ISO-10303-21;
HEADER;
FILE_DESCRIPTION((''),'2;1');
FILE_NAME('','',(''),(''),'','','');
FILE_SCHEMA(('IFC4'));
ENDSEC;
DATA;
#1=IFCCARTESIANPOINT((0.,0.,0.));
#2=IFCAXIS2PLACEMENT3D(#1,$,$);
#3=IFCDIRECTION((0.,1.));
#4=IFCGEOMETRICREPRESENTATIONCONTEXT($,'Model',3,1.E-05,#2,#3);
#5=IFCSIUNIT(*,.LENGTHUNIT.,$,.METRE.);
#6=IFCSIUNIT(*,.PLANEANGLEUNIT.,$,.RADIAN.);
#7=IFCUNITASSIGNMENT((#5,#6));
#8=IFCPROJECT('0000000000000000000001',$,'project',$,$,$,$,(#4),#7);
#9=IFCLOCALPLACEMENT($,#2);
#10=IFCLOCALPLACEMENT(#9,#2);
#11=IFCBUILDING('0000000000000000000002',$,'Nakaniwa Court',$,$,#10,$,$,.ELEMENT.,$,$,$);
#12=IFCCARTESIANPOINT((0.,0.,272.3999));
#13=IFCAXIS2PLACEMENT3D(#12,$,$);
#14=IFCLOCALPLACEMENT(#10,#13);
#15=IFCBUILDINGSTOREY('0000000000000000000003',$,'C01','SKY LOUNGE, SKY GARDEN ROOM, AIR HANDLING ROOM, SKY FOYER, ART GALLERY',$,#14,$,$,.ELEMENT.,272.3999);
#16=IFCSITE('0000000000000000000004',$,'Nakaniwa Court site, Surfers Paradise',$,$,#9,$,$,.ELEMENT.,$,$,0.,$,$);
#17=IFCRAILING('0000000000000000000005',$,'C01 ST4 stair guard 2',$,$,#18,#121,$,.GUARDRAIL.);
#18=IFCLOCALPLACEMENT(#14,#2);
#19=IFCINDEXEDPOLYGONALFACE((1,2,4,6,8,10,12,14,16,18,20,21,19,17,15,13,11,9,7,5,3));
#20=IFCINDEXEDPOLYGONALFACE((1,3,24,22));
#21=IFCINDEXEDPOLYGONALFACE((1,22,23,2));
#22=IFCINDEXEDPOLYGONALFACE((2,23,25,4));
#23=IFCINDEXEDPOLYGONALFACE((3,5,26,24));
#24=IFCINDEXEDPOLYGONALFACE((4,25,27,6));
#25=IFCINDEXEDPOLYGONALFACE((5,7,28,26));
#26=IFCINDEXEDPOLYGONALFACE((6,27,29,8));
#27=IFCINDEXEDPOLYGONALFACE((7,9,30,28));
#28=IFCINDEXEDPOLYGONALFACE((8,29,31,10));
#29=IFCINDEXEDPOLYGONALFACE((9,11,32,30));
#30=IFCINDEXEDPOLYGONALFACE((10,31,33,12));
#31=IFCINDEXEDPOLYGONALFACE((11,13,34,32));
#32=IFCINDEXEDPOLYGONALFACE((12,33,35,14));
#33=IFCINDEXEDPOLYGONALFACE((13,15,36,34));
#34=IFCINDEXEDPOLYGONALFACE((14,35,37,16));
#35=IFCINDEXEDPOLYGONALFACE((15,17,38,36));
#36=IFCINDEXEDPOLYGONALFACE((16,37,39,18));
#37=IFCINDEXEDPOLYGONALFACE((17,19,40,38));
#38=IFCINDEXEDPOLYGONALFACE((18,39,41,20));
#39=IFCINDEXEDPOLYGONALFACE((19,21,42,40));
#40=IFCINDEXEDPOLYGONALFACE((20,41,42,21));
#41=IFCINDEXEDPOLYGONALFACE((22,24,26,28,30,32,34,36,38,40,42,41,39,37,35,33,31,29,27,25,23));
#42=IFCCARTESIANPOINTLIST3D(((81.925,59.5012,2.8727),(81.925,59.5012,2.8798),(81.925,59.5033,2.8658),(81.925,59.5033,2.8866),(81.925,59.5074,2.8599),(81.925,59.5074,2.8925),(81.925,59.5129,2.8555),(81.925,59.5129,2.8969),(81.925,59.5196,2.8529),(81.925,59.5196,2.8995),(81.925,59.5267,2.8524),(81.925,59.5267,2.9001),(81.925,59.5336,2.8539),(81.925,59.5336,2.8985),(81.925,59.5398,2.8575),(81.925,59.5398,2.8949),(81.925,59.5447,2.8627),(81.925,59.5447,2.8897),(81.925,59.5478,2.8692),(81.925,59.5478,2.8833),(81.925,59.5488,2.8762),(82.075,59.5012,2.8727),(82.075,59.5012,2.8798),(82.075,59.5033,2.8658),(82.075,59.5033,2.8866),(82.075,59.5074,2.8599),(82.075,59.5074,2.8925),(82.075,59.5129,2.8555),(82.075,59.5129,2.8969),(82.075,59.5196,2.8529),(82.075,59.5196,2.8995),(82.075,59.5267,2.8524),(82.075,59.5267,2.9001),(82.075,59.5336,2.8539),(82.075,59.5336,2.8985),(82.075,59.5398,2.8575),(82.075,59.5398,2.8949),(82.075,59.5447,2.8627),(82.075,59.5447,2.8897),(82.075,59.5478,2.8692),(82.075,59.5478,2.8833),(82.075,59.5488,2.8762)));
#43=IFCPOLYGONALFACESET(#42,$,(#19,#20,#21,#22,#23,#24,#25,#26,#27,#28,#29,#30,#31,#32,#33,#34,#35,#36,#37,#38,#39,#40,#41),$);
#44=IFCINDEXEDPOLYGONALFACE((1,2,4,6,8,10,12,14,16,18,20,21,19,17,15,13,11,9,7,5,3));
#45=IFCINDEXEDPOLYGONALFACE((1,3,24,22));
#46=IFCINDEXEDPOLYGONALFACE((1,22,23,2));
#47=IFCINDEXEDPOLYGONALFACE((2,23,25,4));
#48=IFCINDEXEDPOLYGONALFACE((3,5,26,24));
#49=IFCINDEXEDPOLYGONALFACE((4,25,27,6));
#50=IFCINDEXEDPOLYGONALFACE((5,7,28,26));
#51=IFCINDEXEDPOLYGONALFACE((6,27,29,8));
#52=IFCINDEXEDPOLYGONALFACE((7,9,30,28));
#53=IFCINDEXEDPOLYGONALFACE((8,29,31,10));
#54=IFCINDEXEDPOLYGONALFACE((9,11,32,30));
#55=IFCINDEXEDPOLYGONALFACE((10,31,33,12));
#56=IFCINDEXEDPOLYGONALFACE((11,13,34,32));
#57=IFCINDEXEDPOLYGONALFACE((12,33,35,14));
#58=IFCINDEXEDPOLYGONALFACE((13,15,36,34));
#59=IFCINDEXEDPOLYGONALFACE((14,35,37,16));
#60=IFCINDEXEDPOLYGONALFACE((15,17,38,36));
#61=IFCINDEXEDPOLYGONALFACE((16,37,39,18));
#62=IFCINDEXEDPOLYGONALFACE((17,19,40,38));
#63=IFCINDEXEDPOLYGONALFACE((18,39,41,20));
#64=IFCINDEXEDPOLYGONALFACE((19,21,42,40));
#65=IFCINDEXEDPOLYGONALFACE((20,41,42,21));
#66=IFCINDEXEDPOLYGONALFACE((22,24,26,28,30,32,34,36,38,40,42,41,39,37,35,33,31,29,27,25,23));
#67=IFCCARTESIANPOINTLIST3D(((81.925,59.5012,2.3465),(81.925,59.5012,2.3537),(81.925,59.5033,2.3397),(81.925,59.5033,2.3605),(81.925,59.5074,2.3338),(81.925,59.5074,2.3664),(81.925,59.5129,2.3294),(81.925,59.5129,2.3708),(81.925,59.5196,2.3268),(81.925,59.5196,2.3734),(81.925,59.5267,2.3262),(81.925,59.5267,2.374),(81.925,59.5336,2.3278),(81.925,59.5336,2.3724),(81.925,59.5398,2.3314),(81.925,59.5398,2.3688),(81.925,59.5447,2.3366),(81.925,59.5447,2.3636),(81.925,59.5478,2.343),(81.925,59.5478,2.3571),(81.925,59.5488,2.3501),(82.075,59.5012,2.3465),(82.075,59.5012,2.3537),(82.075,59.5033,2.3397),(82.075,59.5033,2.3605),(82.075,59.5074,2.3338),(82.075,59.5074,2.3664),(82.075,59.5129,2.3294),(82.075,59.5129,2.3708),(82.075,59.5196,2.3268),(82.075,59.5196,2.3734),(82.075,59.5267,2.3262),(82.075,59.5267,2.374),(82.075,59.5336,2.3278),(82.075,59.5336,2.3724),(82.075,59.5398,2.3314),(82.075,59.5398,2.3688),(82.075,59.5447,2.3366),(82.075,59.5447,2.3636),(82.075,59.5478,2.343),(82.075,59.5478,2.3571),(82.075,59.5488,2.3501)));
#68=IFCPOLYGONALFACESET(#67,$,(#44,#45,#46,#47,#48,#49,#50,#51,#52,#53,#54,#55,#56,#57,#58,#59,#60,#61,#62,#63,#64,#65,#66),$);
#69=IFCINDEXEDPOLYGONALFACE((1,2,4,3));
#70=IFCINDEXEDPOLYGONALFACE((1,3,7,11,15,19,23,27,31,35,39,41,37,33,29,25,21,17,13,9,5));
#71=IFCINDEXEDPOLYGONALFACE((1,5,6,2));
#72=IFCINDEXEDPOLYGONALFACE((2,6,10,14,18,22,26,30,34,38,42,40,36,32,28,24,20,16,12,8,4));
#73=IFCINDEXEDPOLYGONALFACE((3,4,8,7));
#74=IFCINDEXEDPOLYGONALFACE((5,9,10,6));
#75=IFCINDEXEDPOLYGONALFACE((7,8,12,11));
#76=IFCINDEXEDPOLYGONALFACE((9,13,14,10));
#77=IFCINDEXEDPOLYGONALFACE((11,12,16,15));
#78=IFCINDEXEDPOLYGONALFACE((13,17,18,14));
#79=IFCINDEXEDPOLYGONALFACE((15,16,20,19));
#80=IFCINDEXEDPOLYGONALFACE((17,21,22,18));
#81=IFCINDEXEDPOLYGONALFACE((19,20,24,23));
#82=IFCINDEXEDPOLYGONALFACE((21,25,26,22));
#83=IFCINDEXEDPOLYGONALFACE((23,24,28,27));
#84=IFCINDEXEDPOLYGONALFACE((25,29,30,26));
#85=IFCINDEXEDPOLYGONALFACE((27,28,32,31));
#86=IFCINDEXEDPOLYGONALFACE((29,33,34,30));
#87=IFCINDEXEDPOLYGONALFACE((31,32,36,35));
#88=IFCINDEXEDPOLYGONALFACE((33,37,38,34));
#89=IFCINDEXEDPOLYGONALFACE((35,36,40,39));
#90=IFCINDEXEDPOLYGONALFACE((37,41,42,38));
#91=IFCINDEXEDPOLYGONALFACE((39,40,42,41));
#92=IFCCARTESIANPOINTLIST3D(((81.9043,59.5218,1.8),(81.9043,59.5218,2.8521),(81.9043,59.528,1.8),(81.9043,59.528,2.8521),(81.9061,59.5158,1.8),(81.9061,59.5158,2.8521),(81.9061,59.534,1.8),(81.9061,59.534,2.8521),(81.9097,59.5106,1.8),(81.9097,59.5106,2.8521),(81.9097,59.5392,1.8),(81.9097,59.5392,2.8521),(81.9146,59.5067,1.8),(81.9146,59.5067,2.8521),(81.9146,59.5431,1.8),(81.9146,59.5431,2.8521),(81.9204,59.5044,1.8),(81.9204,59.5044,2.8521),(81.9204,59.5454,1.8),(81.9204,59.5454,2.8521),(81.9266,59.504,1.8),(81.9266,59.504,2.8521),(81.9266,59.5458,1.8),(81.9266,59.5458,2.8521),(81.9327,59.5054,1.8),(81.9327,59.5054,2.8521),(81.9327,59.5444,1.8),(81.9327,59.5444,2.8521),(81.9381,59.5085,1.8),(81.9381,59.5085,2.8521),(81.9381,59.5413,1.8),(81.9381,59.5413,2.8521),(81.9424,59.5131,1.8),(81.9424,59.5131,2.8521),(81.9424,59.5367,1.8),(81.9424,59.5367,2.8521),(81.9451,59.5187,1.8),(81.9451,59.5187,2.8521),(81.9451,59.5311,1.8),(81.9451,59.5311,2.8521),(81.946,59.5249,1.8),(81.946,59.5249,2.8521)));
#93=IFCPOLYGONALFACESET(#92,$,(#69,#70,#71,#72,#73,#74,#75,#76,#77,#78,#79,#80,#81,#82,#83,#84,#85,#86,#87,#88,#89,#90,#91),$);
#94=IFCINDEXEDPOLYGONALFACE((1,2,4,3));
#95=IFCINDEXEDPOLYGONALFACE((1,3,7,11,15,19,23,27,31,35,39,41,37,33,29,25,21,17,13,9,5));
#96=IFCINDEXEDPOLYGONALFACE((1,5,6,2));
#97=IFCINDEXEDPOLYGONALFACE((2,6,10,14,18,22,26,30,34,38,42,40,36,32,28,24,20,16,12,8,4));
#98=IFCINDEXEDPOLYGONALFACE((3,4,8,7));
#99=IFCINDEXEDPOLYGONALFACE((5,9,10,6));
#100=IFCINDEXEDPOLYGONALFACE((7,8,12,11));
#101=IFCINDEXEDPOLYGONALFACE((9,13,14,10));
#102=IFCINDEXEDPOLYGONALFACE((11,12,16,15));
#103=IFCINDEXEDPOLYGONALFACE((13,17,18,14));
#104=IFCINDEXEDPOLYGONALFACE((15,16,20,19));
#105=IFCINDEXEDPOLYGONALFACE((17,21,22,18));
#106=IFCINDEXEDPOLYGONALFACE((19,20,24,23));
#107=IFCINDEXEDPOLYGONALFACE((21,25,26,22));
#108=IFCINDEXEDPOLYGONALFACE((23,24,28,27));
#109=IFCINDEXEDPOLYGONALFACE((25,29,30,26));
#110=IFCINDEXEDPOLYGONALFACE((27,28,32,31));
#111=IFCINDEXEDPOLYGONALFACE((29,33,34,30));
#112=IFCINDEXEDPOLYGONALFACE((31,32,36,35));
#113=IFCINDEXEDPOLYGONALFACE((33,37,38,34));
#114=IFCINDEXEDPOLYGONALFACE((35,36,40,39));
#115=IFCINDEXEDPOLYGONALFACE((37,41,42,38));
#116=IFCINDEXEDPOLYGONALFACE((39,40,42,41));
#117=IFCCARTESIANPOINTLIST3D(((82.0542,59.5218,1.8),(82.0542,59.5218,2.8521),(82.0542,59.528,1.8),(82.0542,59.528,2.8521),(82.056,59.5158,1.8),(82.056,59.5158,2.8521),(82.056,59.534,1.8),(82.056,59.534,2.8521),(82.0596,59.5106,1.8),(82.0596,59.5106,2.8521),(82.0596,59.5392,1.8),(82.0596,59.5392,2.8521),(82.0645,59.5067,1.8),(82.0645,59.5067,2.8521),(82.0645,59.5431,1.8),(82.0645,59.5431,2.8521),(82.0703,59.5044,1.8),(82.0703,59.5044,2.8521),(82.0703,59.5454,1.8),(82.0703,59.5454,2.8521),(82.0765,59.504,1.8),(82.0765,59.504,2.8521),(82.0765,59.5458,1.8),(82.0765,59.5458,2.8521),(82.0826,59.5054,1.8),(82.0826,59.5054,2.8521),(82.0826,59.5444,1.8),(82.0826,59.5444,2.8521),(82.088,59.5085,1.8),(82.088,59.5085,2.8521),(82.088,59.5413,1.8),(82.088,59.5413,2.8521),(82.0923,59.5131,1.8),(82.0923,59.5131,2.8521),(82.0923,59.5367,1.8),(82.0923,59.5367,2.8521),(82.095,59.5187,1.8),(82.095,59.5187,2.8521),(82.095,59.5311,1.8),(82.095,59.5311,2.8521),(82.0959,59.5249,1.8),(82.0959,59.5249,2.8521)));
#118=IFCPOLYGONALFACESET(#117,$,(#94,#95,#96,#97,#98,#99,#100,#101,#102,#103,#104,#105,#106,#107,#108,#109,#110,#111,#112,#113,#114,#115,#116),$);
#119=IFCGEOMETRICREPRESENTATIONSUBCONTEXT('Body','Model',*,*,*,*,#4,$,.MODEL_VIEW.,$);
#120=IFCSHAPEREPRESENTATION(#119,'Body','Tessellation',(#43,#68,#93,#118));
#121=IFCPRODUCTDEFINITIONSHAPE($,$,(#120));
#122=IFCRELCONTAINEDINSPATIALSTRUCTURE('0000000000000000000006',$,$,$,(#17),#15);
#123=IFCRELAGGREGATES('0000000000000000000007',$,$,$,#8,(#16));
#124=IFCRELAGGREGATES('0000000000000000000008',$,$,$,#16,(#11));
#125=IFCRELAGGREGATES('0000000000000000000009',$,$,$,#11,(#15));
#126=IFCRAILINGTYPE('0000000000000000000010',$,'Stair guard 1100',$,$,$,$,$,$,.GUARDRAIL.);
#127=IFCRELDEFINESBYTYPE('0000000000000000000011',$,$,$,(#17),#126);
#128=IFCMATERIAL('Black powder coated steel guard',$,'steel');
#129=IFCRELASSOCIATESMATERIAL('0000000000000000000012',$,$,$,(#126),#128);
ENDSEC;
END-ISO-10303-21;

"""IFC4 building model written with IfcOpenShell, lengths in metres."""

from ifc_helpers import new_model, si_unit, direction, frame, origin, origin_2d, place, context, subcontext, project, spatial, circle, extrude, material, type_object, element, save


model = new_model("IFC4")

# Units and contexts
model_context = context("Model", 3, precision=1e-05, world=origin(), true_north=direction((0.0, 1.0)))
body_context = subcontext(model_context, "Body", "Model", "MODEL_VIEW")
ifc_project = project(units=[si_unit("LENGTHUNIT", "METRE"), si_unit("PLANEANGLEUNIT", "RADIAN")], contexts=[model_context])

# Site, building, storey
site_placement = place(None, origin())
site = spatial("IfcSite", under=ifc_project, at=site_placement, Name="Nakaniwa Court site, Surfers Paradise", CompositionType="ELEMENT", RefElevation=0.0)
building_placement = place(site_placement, origin())
building = spatial("IfcBuilding", under=site, at=building_placement, Name="Nakaniwa Court", CompositionType="ELEMENT")
storey_placement = place(building_placement, frame((0.0, 0.0, 272.3999)))
storey = spatial("IfcBuildingStorey", under=building, at=storey_placement, Name="C01", Description="SKY LOUNGE, SKY GARDEN ROOM, AIR HANDLING ROOM, SKY FOYER, ART GALLERY", CompositionType="ELEMENT", Elevation=272.3999)

# Railing
ifc_material_1 = material(Name="Black powder coated steel guard", Category="steel")
railing_type_1 = type_object("IfcRailingType", Name="Stair guard 1100", PredefinedType="GUARDRAIL", material=ifc_material_1)
railing_1_placement = place(storey_placement, frame((81.925, 59.5249, 1.8)))
element("IfcRailing", 1, at=railing_1_placement, inside=storey, type_object=railing_type_1, Name="C01 ST4 stair guard 2", PredefinedType="GUARDRAIL", context=body_context, shape_type="SweptSolid", body=[
    extrude(circle(Radius=0.0239, at=origin_2d()), frame((0.0, 0.0, 1.0762), z_axis=(1.0, 0.0, 0.0), x_axis=(0.0, 1.0, 0.0)), (0.0, 0.0, 1.0), 0.1499),
    extrude(circle(Radius=0.0239, at=origin_2d()), frame((0.0, 0.0, 0.55), z_axis=(1.0, 0.0, 0.0), x_axis=(0.0, 1.0, 0.0)), (0.0, 0.0, 1.0), 0.1499),
    extrude(circle(Radius=0.021, at=origin_2d()), origin(), (0.0, 0.0, 1.0), 1.052),
    extrude(circle(Radius=0.021, at=origin_2d()), frame((0.1499, 0.0, 0.0)), (0.0, 0.0, 1.0), 1.052),
])

save(model, "model.ifc")
